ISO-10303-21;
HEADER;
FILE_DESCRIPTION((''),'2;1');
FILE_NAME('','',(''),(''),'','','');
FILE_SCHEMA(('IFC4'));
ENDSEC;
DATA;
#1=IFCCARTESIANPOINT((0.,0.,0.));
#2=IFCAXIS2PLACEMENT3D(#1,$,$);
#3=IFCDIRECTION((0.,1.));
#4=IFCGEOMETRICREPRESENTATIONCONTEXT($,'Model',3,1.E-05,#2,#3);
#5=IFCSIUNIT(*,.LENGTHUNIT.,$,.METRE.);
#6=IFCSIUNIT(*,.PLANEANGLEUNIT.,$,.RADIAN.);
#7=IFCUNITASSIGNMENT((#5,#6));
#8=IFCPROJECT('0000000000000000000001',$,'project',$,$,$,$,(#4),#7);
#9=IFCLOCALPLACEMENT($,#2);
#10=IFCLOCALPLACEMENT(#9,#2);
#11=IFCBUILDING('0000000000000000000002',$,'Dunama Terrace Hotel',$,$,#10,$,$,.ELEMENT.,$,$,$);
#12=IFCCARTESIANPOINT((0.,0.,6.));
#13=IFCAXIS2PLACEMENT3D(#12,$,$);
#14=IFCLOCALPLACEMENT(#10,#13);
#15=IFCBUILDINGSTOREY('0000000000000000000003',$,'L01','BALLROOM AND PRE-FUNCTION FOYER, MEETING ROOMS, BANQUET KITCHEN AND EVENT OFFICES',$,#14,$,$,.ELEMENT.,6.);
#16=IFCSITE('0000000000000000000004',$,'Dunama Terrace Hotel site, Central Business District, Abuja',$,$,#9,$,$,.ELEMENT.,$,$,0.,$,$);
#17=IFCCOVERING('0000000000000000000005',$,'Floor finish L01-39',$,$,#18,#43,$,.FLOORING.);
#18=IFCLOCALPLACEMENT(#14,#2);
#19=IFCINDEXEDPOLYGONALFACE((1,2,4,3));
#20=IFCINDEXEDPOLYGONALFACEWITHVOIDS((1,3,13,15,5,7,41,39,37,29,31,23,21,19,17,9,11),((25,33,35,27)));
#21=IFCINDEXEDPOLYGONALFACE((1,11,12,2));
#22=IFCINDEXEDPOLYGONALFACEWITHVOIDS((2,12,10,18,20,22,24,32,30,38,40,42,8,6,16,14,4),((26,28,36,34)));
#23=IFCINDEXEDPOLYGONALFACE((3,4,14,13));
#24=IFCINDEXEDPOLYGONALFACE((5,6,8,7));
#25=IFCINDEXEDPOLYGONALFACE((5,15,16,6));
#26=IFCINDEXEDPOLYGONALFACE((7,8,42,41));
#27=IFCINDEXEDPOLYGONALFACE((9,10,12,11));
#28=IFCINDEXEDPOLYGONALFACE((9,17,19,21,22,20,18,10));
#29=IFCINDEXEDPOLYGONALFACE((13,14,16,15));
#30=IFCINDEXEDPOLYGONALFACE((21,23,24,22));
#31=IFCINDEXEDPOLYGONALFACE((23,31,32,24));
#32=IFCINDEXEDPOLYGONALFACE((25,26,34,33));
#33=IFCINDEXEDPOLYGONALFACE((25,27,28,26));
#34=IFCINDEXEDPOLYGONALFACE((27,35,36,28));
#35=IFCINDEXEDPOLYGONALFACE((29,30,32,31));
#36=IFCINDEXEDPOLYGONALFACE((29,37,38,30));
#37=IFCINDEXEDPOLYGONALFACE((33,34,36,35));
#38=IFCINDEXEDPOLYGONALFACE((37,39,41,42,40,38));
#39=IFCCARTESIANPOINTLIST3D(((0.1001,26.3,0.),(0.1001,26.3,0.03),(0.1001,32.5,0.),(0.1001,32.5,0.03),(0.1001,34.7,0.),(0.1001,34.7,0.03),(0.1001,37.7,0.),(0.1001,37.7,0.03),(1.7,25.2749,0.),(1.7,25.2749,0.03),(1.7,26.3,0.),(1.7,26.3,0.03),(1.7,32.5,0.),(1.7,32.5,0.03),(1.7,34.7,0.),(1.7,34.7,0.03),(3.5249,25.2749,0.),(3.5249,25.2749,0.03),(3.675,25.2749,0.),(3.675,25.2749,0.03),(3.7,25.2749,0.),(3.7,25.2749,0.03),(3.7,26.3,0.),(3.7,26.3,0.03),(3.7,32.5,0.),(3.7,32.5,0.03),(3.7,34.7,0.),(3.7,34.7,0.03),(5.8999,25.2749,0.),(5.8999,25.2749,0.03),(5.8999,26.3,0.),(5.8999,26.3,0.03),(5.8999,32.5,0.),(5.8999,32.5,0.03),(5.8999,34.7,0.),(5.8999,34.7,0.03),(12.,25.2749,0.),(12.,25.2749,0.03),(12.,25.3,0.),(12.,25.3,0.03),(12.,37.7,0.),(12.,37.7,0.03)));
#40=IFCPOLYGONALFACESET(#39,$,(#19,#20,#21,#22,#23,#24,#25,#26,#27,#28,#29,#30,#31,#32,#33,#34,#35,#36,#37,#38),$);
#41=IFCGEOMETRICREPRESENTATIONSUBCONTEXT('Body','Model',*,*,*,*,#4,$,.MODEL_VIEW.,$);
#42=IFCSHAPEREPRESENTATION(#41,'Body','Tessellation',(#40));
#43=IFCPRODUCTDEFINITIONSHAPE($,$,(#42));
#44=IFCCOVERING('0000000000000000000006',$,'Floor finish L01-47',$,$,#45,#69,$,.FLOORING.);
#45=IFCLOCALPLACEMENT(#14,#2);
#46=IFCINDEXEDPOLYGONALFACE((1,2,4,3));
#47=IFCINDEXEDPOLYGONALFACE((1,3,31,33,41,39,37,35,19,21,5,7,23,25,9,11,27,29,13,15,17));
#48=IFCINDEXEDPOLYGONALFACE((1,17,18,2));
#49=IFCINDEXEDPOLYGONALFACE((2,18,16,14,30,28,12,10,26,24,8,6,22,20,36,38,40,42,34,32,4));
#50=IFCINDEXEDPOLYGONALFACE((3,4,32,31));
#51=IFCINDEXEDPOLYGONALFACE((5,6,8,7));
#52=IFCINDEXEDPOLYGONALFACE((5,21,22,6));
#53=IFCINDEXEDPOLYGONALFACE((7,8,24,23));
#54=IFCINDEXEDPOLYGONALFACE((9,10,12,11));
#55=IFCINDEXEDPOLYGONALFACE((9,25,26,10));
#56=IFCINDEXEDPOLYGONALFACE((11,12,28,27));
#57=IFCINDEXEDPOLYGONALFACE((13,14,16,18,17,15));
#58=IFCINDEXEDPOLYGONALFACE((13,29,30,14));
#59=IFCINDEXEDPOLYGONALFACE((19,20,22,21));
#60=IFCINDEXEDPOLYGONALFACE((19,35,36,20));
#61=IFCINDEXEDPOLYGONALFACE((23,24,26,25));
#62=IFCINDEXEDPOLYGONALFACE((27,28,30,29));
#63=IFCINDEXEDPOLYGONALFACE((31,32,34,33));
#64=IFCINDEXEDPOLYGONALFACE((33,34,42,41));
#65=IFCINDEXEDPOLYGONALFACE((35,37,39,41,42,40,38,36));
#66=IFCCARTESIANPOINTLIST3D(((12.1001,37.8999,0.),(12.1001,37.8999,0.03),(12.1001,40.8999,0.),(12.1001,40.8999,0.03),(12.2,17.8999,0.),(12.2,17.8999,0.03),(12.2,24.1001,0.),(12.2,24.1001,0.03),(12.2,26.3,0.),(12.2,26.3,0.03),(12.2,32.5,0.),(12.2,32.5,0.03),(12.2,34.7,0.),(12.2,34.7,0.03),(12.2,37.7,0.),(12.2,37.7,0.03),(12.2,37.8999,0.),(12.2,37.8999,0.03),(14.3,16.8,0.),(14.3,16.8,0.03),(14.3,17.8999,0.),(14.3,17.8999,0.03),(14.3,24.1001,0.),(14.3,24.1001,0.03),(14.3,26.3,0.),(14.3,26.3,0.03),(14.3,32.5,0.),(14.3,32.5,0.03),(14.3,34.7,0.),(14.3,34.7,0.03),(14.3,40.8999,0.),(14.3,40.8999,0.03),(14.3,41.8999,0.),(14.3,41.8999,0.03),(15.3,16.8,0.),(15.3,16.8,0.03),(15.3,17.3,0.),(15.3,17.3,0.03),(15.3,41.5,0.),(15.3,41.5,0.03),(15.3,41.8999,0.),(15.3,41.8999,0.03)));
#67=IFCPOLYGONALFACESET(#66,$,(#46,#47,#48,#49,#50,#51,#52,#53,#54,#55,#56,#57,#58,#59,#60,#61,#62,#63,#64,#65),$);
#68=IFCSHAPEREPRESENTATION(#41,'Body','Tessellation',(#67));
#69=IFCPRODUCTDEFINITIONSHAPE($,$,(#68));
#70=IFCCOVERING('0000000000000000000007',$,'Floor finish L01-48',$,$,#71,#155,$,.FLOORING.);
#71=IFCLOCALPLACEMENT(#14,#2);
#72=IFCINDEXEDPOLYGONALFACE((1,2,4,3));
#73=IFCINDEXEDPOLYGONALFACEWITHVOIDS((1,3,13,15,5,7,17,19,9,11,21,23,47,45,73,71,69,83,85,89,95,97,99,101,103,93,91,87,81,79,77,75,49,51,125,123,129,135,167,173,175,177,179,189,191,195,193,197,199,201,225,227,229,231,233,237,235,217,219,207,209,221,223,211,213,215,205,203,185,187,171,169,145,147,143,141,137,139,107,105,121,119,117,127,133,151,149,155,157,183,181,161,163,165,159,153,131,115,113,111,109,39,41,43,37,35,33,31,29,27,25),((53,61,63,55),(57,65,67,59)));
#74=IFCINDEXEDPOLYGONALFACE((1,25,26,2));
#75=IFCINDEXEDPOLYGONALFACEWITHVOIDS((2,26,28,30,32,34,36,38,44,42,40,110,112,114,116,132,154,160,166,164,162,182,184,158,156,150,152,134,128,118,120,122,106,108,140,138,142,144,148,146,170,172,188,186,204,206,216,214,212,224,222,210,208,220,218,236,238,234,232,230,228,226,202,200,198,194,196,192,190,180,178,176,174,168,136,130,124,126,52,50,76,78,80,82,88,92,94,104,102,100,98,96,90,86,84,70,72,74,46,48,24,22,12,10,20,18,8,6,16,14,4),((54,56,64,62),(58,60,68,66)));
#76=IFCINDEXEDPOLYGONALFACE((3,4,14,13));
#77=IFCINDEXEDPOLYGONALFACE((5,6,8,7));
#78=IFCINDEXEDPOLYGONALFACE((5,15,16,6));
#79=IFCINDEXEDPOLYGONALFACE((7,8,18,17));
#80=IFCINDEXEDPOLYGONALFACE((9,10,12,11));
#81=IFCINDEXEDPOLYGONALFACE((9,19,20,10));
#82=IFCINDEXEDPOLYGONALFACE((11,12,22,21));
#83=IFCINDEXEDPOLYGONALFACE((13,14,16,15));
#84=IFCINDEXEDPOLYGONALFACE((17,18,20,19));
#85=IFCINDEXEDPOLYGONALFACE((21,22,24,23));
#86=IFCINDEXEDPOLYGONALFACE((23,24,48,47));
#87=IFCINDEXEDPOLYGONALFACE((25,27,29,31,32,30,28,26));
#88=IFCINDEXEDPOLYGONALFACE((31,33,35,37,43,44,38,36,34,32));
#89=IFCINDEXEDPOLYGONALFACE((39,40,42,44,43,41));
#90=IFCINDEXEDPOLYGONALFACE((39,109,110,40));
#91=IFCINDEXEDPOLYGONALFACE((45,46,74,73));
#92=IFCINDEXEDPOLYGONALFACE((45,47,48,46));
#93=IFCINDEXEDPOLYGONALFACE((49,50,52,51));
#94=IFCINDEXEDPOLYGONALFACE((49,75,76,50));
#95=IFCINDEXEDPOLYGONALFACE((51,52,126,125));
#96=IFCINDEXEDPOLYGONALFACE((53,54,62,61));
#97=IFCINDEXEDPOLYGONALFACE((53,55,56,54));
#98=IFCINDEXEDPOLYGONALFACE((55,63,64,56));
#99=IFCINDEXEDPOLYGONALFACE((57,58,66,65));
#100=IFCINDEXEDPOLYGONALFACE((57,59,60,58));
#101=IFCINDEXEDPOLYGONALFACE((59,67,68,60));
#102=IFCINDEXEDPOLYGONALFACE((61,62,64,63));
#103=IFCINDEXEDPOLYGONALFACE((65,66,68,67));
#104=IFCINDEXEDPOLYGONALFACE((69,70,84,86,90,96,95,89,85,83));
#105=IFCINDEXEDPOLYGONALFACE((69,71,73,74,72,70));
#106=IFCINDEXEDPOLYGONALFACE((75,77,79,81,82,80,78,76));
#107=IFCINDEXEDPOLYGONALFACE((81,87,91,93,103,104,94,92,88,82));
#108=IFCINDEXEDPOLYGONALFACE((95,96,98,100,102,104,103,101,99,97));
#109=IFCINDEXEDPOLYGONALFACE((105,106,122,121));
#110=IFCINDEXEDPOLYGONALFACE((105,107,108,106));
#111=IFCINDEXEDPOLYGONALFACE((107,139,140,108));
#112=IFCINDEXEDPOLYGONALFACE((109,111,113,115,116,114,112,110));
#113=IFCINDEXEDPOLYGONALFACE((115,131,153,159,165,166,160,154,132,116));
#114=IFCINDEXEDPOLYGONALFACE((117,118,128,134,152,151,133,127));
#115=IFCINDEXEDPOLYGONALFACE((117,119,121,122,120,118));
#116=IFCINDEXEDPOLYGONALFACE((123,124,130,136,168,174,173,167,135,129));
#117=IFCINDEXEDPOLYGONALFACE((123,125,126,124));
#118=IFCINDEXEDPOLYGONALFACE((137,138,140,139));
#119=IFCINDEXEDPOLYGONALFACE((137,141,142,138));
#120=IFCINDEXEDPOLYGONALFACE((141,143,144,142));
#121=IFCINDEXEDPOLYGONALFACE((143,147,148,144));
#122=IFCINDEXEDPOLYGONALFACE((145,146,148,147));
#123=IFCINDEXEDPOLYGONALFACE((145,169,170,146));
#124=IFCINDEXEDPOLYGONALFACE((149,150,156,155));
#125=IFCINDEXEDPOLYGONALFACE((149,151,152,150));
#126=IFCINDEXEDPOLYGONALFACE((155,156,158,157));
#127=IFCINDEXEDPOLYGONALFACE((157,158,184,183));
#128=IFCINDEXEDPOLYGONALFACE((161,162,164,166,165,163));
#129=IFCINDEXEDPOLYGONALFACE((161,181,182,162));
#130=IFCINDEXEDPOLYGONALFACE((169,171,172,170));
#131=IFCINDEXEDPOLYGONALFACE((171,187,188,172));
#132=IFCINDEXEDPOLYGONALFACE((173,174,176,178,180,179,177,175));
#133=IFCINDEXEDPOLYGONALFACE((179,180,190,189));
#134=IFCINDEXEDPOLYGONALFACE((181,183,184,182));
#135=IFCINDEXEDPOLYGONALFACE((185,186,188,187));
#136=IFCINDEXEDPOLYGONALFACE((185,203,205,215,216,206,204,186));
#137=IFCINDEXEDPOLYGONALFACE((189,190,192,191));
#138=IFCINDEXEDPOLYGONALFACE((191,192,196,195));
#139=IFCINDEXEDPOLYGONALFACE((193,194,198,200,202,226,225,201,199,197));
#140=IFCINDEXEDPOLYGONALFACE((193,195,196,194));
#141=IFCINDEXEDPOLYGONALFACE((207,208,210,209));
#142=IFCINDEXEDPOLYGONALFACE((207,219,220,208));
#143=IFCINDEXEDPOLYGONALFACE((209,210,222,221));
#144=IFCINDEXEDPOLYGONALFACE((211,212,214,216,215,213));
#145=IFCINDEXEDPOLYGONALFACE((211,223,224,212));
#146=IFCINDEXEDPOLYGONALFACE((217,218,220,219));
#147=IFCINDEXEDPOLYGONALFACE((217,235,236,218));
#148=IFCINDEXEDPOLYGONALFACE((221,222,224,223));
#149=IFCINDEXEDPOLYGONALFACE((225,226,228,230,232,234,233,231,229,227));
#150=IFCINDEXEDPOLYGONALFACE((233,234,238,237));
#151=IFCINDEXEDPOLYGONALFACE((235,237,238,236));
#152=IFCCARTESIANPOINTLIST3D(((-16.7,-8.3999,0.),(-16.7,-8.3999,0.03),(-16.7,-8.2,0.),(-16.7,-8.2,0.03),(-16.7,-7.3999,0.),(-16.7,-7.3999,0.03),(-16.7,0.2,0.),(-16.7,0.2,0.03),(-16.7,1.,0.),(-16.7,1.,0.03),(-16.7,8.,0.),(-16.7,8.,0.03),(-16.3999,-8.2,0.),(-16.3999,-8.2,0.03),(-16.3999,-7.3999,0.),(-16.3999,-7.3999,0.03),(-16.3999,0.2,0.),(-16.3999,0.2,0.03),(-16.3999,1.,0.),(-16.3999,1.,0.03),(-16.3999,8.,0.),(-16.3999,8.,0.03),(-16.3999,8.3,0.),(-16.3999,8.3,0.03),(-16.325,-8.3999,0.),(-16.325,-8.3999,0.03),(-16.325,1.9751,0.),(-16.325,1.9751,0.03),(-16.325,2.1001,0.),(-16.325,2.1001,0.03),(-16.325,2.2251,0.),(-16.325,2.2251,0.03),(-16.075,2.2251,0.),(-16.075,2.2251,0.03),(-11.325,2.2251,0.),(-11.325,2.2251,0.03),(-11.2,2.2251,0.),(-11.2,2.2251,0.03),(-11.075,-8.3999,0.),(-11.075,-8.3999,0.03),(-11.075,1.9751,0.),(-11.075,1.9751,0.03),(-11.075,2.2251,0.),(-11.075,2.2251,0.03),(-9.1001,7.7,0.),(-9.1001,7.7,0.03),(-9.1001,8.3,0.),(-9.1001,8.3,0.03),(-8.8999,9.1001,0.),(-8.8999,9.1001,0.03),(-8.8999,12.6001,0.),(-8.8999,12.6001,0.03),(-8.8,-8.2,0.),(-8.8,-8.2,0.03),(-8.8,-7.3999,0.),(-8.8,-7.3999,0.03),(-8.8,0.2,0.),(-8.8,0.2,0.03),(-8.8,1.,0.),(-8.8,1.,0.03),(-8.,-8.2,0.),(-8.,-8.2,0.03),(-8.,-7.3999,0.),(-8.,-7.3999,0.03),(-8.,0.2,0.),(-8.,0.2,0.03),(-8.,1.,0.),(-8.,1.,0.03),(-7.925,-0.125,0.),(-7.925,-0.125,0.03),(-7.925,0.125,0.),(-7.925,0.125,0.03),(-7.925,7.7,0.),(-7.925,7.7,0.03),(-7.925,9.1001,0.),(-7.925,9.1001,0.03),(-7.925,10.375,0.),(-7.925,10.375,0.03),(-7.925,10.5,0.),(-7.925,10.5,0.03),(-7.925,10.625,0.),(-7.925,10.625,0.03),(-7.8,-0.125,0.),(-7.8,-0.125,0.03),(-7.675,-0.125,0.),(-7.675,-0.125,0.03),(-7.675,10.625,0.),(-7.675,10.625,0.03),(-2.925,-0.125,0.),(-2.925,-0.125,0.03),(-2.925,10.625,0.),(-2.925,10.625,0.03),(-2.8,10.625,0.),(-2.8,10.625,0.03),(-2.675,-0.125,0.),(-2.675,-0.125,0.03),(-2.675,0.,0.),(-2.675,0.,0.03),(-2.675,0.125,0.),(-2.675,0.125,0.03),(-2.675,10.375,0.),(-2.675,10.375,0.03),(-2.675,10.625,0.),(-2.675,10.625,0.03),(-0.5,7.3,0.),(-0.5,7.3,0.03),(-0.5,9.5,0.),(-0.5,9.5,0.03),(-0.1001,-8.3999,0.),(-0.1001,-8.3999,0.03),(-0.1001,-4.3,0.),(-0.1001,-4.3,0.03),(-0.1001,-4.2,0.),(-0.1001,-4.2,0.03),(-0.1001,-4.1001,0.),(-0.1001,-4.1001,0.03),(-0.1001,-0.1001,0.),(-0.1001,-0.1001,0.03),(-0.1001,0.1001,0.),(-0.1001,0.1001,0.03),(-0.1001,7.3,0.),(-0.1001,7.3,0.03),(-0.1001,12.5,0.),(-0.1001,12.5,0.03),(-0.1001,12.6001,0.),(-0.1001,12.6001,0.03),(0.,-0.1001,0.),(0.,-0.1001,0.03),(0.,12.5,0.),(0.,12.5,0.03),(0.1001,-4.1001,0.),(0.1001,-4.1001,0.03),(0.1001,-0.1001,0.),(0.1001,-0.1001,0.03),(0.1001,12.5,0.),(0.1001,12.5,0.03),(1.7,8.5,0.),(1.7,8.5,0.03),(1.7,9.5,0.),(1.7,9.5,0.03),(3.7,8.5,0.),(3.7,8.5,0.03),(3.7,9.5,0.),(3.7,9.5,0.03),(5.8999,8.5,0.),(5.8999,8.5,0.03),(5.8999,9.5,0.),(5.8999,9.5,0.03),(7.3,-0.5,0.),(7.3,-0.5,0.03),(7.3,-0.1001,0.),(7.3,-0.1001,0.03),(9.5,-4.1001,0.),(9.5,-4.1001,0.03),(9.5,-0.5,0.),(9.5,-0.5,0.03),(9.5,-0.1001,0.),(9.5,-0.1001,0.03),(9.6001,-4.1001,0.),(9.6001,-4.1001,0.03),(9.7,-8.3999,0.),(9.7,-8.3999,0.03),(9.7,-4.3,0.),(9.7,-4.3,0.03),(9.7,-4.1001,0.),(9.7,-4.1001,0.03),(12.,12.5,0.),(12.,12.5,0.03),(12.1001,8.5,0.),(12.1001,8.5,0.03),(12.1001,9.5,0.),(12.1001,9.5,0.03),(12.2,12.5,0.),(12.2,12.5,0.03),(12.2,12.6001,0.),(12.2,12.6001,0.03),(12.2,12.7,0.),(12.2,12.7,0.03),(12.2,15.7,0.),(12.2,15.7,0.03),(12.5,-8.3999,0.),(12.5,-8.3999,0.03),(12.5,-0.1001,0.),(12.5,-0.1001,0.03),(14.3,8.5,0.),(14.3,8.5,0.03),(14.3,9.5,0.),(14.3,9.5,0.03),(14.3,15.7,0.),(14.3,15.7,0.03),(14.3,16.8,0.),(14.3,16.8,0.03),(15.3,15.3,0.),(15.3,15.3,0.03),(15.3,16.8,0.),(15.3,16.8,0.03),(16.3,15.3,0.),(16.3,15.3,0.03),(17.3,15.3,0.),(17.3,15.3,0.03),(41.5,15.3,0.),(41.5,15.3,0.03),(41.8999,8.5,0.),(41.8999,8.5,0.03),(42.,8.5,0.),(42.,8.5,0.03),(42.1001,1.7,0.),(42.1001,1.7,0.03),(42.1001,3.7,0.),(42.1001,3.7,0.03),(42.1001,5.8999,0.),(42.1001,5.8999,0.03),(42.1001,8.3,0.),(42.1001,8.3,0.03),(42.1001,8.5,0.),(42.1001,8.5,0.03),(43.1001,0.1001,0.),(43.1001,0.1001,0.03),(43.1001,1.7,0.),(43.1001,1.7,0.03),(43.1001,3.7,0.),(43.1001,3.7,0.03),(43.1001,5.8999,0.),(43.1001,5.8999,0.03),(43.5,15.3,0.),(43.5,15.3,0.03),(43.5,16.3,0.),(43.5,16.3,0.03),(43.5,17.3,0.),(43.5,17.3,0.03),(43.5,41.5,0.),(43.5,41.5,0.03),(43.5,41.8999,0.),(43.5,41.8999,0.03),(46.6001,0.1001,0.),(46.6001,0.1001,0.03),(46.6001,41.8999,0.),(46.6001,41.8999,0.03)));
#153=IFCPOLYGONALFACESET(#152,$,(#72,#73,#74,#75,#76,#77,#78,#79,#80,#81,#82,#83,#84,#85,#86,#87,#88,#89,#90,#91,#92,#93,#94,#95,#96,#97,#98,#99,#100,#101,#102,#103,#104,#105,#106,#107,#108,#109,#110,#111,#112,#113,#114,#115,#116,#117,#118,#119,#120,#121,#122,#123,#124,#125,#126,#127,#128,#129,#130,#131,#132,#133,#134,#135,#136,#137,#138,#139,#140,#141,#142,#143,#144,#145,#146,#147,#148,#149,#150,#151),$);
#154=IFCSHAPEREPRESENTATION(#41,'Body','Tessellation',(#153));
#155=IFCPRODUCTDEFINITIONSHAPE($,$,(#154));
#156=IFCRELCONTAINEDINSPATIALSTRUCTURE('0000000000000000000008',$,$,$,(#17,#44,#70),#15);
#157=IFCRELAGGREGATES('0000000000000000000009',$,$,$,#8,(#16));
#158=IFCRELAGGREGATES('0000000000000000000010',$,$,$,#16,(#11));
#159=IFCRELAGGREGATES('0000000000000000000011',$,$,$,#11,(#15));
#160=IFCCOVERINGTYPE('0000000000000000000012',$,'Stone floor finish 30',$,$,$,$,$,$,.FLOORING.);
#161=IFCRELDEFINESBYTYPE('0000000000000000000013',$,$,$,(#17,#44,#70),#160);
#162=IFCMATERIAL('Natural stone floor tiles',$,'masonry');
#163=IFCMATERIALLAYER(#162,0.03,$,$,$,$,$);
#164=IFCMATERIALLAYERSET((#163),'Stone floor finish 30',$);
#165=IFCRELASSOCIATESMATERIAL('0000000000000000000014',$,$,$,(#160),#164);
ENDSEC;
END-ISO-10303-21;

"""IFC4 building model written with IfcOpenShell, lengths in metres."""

from ifc_helpers import new_model, si_unit, direction, frame, origin, place, context, subcontext, project, spatial, polyline, outline, extrude, material, layer, layer_set, type_object, element, save


model = new_model("IFC4")

# Units and contexts
model_context = context("Model", 3, precision=1e-05, world=origin(), true_north=direction((0.0, 1.0)))
body_context = subcontext(model_context, "Body", "Model", "MODEL_VIEW")
ifc_project = project(units=[si_unit("LENGTHUNIT", "METRE"), si_unit("PLANEANGLEUNIT", "RADIAN")], contexts=[model_context])

# Site, building, storey
site_placement = place(None, origin())
site = spatial("IfcSite", under=ifc_project, at=site_placement, Name="Dunama Terrace Hotel site, Central Business District, Abuja", CompositionType="ELEMENT", RefElevation=0.0)
building_placement = place(site_placement, origin())
building = spatial("IfcBuilding", under=site, at=building_placement, Name="Dunama Terrace Hotel", CompositionType="ELEMENT")
storey_placement = place(building_placement, frame((0.0, 0.0, 6.0)))
storey = spatial("IfcBuildingStorey", under=building, at=storey_placement, Name="L01", Description="BALLROOM AND PRE-FUNCTION FOYER, MEETING ROOMS, BANQUET KITCHEN AND EVENT OFFICES", CompositionType="ELEMENT", Elevation=6.0)

# Coverings
ifc_material_1 = material(Name="Natural stone floor tiles", Category="masonry")
ifc_layer_1 = layer(ifc_material_1, 0.03)
ifc_layer_set_1 = layer_set([ifc_layer_1], Name="Stone floor finish 30")
covering_type_1 = type_object("IfcCoveringType", Name="Stone floor finish 30", PredefinedType="FLOORING", material=ifc_layer_set_1)
covering_1_placement = place(storey_placement, origin())
element("IfcCovering", 1, at=covering_1_placement, inside=storey, type_object=covering_type_1, Name="Floor finish L01-39", PredefinedType="FLOORING", context=body_context, shape_type="SweptSolid", body=[
    extrude(outline(polyline([(0.1001, 34.7), (1.7, 34.7), (1.7, 32.5), (0.1001, 32.5), (0.1001, 26.3), (1.7, 26.3), (1.7, 25.2749), (3.5249, 25.2749), (3.675, 25.2749), (3.7, 25.2749), (3.7, 26.3), (5.8999, 26.3), (5.8999, 25.2749), (12.0, 25.2749), (12.0, 25.3), (12.0, 37.7), (0.1001, 37.7), (0.1001, 34.7)]), holes=[polyline([(5.8999, 34.7), (5.8999, 32.5), (3.7, 32.5), (3.7, 34.7), (5.8999, 34.7)])]), origin(), (0.0, 0.0, 1.0), 0.03),
])
covering_2_placement = place(storey_placement, origin())
element("IfcCovering", 2, at=covering_2_placement, inside=storey, type_object=covering_type_1, Name="Floor finish L01-47", PredefinedType="FLOORING", context=body_context, shape_type="SweptSolid", body=[
    extrude(outline(polyline([(14.3, 16.8), (15.3, 16.8), (15.3, 17.3), (15.3, 41.5), (15.3, 41.8999), (14.3, 41.8999), (14.3, 40.8999), (12.1001, 40.8999), (12.1001, 37.8999), (12.2, 37.8999), (12.2, 37.7), (12.2, 34.7), (14.3, 34.7), (14.3, 32.5), (12.2, 32.5), (12.2, 26.3), (14.3, 26.3), (14.3, 24.1001), (12.2, 24.1001), (12.2, 17.8999), (14.3, 17.8999), (14.3, 16.8)])), origin(), (0.0, 0.0, 1.0), 0.03),
])
covering_3_placement = place(storey_placement, origin())
element("IfcCovering", 3, at=covering_3_placement, inside=storey, type_object=covering_type_1, Name="Floor finish L01-48", PredefinedType="FLOORING", context=body_context, shape_type="SweptSolid", body=[
    extrude(outline(polyline([(-11.075, -8.3999), (-0.1001, -8.3999), (-0.1001, -4.3), (-0.1001, -4.2), (-0.1001, -4.1001), (0.1001, -4.1001), (9.5, -4.1001), (9.6001, -4.1001), (9.7, -4.1001), (9.7, -4.3), (9.7, -8.3999), (12.5, -8.3999), (12.5, -0.1001), (9.5, -0.1001), (9.5, -0.5), (7.3, -0.5), (7.3, -0.1001), (0.1001, -0.1001), (0.0, -0.1001), (-0.1001, -0.1001), (-0.1001, 0.1001), (-0.1001, 7.3), (-0.5, 7.3), (-0.5, 9.5), (1.7, 9.5), (1.7, 8.5), (3.7, 8.5), (3.7, 9.5), (5.8999, 9.5), (5.8999, 8.5), (12.1001, 8.5), (12.1001, 9.5), (14.3, 9.5), (14.3, 8.5), (41.8999, 8.5), (42.0, 8.5), (42.1001, 8.5), (42.1001, 8.3), (42.1001, 5.8999), (43.1001, 5.8999), (43.1001, 3.7), (42.1001, 3.7), (42.1001, 1.7), (43.1001, 1.7), (43.1001, 0.1001), (46.6001, 0.1001), (46.6001, 41.8999), (43.5, 41.8999), (43.5, 41.5), (43.5, 17.3), (43.5, 16.3), (43.5, 15.3), (41.5, 15.3), (17.3, 15.3), (16.3, 15.3), (15.3, 15.3), (15.3, 16.8), (14.3, 16.8), (14.3, 15.7), (12.2, 15.7), (12.2, 12.7), (12.2, 12.6001), (12.2, 12.5), (12.0, 12.5), (0.1001, 12.5), (0.0, 12.5), (-0.1001, 12.5), (-0.1001, 12.6001), (-8.8999, 12.6001), (-8.8999, 9.1001), (-7.925, 9.1001), (-7.925, 10.375), (-7.925, 10.5), (-7.925, 10.625), (-7.675, 10.625), (-2.925, 10.625), (-2.8, 10.625), (-2.675, 10.625), (-2.675, 10.375), (-2.675, 0.125), (-2.675, 0.0), (-2.675, -0.125), (-2.925, -0.125), (-7.675, -0.125), (-7.8, -0.125), (-7.925, -0.125), (-7.925, 0.125), (-7.925, 7.7), (-9.1001, 7.7), (-9.1001, 8.3), (-16.3999, 8.3), (-16.3999, 8.0), (-16.7, 8.0), (-16.7, 1.0), (-16.3999, 1.0), (-16.3999, 0.2), (-16.7, 0.2), (-16.7, -7.3999), (-16.3999, -7.3999), (-16.3999, -8.2), (-16.7, -8.2), (-16.7, -8.3999), (-16.325, -8.3999), (-16.325, 1.9751), (-16.325, 2.1001), (-16.325, 2.2251), (-16.075, 2.2251), (-11.325, 2.2251), (-11.2, 2.2251), (-11.075, 2.2251), (-11.075, 1.9751), (-11.075, -8.3999)]), holes=[polyline([(-8.0, -7.3999), (-8.0, -8.2), (-8.8, -8.2), (-8.8, -7.3999), (-8.0, -7.3999)]), polyline([(-8.0, 1.0), (-8.0, 0.2), (-8.8, 0.2), (-8.8, 1.0), (-8.0, 1.0)])]), origin(), (0.0, 0.0, 1.0), 0.03),
])

save(model, "model.ifc")
